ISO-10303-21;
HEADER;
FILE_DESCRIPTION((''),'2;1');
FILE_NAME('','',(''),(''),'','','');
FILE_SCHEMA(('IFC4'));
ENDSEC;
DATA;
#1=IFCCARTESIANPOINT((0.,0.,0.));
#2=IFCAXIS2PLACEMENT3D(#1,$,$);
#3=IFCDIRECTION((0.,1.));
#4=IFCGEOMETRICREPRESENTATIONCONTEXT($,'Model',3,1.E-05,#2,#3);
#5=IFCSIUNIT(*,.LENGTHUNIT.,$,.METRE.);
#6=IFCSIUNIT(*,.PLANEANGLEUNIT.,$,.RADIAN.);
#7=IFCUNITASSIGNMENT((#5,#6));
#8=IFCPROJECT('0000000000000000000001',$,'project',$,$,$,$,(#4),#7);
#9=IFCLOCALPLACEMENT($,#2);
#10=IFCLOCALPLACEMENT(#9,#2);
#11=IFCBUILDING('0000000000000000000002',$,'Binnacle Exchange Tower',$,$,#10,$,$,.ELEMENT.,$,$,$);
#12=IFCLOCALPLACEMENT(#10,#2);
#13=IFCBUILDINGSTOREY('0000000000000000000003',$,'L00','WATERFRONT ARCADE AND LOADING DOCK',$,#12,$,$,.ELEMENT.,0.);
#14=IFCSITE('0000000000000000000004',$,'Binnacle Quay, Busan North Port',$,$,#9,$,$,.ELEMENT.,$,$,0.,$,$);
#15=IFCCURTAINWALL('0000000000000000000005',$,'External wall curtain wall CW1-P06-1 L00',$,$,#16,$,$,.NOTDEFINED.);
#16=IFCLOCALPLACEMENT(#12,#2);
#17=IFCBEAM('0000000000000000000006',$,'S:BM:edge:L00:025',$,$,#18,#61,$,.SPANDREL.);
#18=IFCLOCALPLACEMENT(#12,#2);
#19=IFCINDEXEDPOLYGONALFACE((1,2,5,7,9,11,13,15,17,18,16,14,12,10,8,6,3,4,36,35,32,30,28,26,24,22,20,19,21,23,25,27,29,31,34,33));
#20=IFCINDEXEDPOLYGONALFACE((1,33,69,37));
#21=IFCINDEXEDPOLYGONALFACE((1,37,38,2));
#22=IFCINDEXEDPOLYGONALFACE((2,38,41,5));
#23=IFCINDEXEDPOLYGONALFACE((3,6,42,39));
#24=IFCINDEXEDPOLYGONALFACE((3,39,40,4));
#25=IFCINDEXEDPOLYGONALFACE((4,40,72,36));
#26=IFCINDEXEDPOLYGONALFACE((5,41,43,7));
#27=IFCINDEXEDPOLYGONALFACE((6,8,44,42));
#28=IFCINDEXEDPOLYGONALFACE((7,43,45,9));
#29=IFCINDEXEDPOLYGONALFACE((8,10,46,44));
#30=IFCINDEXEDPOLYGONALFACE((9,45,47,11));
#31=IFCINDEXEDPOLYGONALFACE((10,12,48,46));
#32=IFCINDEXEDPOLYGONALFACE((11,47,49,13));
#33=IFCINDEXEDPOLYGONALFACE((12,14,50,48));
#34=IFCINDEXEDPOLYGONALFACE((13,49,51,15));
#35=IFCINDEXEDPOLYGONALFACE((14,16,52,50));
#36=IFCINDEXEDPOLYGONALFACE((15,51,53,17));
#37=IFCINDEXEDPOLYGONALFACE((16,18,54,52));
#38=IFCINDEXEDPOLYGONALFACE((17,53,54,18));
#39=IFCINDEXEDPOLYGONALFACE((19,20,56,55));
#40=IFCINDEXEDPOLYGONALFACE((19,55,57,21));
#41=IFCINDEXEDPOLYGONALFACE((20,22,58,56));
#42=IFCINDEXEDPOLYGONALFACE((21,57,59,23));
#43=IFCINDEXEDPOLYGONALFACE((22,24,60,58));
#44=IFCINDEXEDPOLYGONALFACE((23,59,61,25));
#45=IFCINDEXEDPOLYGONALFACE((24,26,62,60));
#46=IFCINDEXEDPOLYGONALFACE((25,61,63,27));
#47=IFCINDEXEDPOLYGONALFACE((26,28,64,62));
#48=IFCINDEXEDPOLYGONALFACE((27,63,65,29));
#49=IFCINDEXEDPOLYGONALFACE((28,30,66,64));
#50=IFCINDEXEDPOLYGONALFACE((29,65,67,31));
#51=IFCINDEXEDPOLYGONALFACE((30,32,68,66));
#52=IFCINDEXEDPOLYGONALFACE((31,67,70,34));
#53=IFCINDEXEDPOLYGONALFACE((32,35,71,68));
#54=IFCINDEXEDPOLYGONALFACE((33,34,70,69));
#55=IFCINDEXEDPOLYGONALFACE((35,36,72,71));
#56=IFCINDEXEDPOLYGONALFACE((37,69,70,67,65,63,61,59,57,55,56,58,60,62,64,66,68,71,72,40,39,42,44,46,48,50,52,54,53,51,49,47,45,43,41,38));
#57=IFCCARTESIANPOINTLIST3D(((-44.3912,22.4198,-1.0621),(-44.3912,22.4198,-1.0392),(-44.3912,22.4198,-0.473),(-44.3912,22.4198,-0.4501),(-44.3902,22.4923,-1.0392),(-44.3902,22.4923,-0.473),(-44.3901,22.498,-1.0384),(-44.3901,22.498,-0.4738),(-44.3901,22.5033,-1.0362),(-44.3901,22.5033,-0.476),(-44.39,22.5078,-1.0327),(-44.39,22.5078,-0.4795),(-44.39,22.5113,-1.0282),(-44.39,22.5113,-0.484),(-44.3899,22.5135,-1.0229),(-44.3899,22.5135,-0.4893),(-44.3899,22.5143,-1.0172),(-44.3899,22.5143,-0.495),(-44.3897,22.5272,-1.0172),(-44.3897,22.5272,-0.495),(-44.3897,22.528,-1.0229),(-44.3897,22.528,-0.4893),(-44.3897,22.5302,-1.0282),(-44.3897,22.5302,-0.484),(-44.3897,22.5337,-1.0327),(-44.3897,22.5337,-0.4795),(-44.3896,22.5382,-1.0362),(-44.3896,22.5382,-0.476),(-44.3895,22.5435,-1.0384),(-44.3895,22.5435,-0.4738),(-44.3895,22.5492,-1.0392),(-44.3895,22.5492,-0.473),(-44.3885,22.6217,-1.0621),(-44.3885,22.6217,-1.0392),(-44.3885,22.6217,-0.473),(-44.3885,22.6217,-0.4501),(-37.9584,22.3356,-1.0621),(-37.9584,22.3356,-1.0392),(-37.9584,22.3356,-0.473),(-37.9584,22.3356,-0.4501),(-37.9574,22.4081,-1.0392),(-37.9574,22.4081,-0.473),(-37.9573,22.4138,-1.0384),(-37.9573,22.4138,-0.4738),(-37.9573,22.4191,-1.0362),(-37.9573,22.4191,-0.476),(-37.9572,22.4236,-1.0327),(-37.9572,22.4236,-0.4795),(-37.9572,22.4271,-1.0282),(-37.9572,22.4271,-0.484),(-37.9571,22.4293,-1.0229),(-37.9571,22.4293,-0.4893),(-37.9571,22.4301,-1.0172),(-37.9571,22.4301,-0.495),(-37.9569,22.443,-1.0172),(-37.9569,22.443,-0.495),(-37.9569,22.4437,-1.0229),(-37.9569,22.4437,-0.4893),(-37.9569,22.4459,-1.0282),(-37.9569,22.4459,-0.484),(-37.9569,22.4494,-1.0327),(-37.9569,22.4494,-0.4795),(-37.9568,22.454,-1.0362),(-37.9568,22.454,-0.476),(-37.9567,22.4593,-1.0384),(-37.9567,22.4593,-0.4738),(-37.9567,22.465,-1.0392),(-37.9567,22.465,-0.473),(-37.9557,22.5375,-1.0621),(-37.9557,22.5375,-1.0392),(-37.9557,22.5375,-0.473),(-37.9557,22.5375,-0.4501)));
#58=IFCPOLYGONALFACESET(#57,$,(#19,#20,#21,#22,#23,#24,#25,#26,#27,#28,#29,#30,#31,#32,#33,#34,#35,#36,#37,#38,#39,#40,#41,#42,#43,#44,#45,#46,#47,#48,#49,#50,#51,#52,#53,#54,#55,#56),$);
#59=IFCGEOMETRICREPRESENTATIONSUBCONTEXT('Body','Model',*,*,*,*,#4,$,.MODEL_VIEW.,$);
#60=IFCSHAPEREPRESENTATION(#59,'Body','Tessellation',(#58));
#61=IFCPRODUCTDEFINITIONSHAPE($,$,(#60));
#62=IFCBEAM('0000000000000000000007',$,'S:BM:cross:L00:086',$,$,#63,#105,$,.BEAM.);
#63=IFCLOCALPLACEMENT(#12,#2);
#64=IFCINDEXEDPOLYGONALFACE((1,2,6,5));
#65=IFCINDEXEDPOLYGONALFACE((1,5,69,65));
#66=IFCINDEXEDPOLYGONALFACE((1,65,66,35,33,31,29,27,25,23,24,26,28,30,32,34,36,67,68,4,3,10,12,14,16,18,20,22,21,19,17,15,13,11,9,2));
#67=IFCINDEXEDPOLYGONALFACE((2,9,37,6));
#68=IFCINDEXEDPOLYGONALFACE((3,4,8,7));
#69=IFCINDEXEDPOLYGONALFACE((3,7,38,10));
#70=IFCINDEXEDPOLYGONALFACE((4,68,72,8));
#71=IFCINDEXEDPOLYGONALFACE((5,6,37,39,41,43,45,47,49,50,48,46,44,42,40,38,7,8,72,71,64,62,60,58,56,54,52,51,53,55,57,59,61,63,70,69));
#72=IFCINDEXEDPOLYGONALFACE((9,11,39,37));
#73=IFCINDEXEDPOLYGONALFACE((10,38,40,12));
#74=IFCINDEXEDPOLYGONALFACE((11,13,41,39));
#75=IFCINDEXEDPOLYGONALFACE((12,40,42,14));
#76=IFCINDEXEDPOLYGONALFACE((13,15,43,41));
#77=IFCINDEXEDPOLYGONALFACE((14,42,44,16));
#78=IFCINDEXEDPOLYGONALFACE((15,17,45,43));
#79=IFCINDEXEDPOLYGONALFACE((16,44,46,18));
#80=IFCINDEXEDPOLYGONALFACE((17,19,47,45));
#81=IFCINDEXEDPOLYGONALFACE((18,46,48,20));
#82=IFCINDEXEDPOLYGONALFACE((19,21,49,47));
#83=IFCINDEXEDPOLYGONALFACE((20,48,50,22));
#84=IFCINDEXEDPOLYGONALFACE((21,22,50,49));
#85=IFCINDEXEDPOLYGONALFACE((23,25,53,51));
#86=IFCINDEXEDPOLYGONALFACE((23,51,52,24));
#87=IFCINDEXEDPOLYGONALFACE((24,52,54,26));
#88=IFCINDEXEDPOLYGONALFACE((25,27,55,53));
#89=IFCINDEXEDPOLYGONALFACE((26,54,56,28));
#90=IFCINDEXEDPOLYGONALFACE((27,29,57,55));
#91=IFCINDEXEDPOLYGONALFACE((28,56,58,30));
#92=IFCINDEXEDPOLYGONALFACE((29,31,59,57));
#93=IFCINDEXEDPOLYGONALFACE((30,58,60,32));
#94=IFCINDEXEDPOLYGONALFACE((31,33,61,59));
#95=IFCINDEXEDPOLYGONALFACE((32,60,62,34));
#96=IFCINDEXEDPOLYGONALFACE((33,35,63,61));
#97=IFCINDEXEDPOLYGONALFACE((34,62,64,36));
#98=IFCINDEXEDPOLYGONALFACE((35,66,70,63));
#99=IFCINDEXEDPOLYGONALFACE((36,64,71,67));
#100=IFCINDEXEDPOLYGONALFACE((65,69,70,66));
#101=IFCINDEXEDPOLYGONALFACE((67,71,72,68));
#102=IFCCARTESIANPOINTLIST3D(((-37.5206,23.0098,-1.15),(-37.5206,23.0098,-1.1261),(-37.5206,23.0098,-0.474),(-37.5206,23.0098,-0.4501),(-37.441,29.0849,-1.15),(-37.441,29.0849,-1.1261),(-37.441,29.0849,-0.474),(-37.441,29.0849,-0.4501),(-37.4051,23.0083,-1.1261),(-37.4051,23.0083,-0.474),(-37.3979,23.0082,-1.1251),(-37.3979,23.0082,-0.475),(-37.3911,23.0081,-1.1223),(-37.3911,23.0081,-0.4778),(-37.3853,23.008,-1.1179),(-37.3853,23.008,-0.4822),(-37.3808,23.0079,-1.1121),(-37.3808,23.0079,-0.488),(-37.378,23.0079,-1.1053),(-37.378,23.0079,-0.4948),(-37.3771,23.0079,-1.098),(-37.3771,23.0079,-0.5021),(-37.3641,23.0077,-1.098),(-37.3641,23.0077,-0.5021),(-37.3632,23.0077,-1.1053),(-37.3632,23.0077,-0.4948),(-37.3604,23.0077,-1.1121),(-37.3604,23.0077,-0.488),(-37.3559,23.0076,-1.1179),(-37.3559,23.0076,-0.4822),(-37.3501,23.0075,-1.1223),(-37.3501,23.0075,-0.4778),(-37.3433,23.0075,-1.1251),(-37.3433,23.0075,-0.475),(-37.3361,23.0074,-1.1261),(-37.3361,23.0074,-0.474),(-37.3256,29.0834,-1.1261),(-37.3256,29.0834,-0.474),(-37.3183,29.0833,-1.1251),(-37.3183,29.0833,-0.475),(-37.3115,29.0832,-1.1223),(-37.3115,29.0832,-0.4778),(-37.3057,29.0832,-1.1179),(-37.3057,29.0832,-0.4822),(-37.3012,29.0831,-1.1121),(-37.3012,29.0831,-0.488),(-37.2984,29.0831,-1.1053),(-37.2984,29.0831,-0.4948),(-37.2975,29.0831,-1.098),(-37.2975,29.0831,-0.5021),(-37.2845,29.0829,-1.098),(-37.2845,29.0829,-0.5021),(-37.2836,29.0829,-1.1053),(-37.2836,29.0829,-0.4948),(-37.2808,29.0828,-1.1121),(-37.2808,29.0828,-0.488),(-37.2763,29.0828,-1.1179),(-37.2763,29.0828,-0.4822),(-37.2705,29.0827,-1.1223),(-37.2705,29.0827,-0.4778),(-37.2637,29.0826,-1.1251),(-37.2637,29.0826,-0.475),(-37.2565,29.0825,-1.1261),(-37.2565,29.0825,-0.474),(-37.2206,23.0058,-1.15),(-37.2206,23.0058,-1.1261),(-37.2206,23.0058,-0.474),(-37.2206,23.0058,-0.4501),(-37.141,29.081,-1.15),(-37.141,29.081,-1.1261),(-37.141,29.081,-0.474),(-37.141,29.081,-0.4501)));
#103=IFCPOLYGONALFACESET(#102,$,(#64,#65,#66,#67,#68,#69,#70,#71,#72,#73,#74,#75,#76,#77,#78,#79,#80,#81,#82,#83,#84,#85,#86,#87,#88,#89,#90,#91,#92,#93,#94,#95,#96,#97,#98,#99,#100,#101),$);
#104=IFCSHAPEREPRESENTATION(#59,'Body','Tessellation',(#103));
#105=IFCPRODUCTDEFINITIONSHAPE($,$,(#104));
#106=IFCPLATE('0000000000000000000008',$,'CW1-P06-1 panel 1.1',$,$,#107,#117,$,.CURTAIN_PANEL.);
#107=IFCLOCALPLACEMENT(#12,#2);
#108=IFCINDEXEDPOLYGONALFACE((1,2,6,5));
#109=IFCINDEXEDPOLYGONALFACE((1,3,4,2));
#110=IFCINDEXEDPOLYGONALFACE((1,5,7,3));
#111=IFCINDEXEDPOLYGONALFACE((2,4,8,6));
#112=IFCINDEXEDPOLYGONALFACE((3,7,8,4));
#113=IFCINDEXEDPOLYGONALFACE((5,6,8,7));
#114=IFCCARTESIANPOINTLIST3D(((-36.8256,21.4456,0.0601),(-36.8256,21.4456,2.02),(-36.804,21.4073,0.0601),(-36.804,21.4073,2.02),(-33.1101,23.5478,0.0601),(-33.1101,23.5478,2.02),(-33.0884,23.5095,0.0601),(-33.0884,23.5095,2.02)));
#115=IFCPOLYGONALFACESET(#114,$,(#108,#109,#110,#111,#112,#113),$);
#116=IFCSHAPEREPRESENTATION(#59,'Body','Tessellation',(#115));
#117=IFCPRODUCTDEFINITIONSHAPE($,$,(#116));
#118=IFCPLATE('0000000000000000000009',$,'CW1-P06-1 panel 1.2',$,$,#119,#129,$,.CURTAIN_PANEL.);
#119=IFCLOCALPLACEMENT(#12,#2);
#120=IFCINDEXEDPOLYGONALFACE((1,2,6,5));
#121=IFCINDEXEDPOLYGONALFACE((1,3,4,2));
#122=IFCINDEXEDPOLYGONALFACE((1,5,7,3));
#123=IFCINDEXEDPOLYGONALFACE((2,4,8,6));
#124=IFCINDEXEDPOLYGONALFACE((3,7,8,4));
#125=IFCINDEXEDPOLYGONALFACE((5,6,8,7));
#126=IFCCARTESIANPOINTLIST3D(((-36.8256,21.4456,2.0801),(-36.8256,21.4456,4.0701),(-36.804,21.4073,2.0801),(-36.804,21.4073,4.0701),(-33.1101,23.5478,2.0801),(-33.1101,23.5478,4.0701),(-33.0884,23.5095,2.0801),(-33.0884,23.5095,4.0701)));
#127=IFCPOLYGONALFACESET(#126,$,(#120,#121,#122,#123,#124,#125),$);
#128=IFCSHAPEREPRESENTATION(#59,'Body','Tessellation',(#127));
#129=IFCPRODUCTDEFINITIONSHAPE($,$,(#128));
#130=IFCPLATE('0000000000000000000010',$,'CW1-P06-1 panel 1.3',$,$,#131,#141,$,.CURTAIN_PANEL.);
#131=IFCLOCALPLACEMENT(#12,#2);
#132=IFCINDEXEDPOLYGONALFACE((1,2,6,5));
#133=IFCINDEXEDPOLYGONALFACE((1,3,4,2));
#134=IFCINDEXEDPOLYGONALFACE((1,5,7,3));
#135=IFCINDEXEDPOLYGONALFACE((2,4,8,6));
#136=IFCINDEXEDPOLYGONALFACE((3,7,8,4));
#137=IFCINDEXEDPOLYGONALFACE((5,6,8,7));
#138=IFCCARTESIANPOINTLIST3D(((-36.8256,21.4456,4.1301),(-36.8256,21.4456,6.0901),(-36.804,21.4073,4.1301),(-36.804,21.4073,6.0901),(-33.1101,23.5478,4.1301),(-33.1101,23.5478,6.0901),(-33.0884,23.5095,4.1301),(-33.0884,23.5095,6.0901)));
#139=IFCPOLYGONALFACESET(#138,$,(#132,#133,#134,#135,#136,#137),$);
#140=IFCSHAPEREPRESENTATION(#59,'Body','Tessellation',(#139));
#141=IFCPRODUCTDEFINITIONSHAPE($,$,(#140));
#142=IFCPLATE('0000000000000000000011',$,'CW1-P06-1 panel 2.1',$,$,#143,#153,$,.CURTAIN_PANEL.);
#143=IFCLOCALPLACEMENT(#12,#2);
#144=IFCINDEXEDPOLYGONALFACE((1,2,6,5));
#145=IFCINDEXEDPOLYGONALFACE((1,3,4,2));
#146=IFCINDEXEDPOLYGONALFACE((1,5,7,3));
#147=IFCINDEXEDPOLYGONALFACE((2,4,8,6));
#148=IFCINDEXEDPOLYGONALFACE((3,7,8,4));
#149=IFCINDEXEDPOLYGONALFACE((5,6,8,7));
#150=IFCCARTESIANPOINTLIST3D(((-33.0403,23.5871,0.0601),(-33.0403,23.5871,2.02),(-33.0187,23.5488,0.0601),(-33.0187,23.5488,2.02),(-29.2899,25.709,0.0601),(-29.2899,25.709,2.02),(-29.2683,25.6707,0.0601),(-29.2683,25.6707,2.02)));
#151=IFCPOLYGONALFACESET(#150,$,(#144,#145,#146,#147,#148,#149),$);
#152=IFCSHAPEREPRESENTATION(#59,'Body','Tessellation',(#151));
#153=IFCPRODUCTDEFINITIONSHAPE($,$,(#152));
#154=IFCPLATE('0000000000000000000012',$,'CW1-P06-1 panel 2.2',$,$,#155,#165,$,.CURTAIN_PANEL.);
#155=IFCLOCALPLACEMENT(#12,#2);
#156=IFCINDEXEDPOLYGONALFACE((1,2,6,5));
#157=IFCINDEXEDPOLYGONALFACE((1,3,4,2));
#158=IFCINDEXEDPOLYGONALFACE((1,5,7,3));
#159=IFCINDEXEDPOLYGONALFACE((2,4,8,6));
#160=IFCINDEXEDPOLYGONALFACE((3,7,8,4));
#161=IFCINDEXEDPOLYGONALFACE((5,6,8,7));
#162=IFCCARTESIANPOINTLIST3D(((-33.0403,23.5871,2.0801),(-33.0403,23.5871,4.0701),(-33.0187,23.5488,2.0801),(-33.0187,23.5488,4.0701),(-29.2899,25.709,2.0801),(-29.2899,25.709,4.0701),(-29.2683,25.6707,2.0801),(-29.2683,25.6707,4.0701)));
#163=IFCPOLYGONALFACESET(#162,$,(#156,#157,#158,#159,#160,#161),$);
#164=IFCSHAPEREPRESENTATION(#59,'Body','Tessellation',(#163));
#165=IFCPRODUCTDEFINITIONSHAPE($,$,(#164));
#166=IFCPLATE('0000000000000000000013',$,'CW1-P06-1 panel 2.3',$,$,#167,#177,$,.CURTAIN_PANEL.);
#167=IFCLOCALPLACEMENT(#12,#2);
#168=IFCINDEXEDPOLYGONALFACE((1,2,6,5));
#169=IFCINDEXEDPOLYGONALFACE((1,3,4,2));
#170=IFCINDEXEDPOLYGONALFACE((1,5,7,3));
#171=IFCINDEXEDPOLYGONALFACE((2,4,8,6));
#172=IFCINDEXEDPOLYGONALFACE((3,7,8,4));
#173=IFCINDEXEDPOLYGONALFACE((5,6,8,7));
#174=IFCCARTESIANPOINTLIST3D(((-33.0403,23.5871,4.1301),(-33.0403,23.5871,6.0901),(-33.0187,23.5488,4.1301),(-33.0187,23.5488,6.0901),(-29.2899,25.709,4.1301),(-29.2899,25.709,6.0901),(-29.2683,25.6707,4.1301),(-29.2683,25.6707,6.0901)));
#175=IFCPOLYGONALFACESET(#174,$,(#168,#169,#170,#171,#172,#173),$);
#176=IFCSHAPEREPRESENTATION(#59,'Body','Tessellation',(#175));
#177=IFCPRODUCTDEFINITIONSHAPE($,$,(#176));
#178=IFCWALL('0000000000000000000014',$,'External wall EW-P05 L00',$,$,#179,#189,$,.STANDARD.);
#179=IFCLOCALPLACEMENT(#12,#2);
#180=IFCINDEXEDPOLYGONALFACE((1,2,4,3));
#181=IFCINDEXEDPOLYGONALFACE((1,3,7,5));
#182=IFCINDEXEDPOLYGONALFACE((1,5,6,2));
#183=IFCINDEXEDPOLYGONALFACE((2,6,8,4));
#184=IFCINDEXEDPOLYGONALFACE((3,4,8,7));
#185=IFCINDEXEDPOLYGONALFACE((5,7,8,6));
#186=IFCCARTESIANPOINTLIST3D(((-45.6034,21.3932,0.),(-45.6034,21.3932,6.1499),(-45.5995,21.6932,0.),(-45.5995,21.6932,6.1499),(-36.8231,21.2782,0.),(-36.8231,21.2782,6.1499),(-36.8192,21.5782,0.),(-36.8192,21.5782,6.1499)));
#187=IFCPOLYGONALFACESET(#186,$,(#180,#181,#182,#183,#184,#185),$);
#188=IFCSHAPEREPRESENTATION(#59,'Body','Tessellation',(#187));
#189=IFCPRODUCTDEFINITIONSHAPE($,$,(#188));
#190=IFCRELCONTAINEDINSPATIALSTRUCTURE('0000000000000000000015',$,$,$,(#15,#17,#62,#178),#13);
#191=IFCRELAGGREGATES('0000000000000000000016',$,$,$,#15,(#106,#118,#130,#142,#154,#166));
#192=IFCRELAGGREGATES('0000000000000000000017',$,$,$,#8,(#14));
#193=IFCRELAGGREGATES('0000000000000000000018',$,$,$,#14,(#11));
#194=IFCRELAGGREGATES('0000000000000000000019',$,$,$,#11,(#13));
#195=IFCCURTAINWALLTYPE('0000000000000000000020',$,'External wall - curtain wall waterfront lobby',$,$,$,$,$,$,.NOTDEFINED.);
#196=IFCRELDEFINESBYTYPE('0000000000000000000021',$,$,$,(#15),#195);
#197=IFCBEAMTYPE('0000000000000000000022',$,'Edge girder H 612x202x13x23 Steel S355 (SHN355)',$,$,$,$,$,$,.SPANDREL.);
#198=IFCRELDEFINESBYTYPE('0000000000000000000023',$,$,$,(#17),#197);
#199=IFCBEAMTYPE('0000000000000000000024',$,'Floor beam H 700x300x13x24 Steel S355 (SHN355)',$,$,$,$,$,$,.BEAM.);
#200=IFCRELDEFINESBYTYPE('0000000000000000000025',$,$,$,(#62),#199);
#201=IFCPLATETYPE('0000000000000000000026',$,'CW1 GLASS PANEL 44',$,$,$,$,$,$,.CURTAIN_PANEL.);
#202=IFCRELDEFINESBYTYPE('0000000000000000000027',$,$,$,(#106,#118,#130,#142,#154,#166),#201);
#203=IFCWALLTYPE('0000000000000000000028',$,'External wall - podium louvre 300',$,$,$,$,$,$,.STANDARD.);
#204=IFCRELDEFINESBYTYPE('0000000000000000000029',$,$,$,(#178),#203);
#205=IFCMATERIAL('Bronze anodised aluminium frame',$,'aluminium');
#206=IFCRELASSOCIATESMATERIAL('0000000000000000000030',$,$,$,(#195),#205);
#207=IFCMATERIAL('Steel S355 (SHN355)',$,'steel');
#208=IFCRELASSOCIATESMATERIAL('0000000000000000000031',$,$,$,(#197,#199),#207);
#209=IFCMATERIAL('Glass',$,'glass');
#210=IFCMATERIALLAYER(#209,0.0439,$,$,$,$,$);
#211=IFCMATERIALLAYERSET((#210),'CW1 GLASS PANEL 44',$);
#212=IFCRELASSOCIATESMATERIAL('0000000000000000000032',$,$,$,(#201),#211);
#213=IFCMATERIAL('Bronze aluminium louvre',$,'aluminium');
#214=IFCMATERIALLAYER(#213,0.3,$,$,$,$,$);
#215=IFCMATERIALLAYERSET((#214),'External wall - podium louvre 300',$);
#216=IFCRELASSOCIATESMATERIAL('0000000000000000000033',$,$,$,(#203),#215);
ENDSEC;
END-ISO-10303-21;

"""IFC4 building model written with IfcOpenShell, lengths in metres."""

from ifc_helpers import new_model, si_unit, direction, frame, frame_2d, origin, origin_2d, place, context, subcontext, project, spatial, rectangle, i_section, extrude, material, layer, layer_set, material_profile, profile_set, type_object, element, aggregate, save


model = new_model("IFC4")

# Units and contexts
model_context = context("Model", 3, precision=1e-05, world=origin(), true_north=direction((0.0, 1.0)))
body_context = subcontext(model_context, "Body", "Model", "MODEL_VIEW")
ifc_project = project(units=[si_unit("LENGTHUNIT", "METRE"), si_unit("PLANEANGLEUNIT", "RADIAN")], contexts=[model_context])

# Site, building, storey
site_placement = place(None, origin())
site = spatial("IfcSite", under=ifc_project, at=site_placement, Name="Binnacle Quay, Busan North Port", CompositionType="ELEMENT", RefElevation=0.0)
building_placement = place(site_placement, origin())
building = spatial("IfcBuilding", under=site, at=building_placement, Name="Binnacle Exchange Tower", CompositionType="ELEMENT")
storey_placement = place(building_placement, origin())
storey = spatial("IfcBuildingStorey", under=building, at=storey_placement, Name="L00", Description="WATERFRONT ARCADE AND LOADING DOCK", CompositionType="ELEMENT", Elevation=0.0)

# Curtain wall
ifc_material_1 = material(Name="Bronze anodised aluminium frame", Category="aluminium")
curtain_wall_type = type_object("IfcCurtainWallType", Name="External wall - curtain wall waterfront lobby", PredefinedType="NOTDEFINED", material=ifc_material_1)
curtain_wall_placement = place(storey_placement, origin())
curtain_wall = element("IfcCurtainWall", 1, at=curtain_wall_placement, inside=storey, type_object=curtain_wall_type, Name="External wall curtain wall CW1-P06-1 L00", PredefinedType="NOTDEFINED")

# Beams
ifc_material_2 = material(Name="Steel S355 (SHN355)", Category="steel")
ifc_material_profile_1 = material_profile(ifc_material_2, i_section(OverallWidth=0.2019, OverallDepth=0.6121, WebThickness=0.0129, FlangeThickness=0.0229, FilletRadius=0.022, at=origin_2d()), Name="H 612x202x13x23")
ifc_profile_set_1 = profile_set([ifc_material_profile_1], Name="Steel S355 (SHN355)")
beam_type_1 = type_object("IfcBeamType", Name="Edge girder H 612x202x13x23 Steel S355 (SHN355)", PredefinedType="SPANDREL", material=ifc_profile_set_1)
beam_1_placement = place(storey_placement, frame((-37.957, 22.4365, -0.7561), z_axis=(-0.999914, 0.013092, 0.0), x_axis=(-0.013092, -0.999914, 0.0)))
element("IfcBeam", 2, at=beam_1_placement, inside=storey, type_object=beam_type_1, Name="S:BM:edge:L00:025", PredefinedType="SPANDREL", context=body_context, shape_type="SweptSolid", body=[
    extrude(i_section(OverallWidth=0.2019, OverallDepth=0.6121, WebThickness=0.0129, FlangeThickness=0.0229, FilletRadius=0.022, at=origin_2d()), origin(), (0.0, 0.0, 1.0), 6.4333),
])
ifc_material_profile_2 = material_profile(ifc_material_2, i_section(OverallWidth=0.3, OverallDepth=0.7, WebThickness=0.0129, FlangeThickness=0.0239, FilletRadius=0.0281, at=origin_2d()), Name="H 700x300x13x24")
ifc_profile_set_2 = profile_set([ifc_material_profile_2], Name="Steel S355 (SHN355)")
beam_type_2 = type_object("IfcBeamType", Name="Floor beam H 700x300x13x24 Steel S355 (SHN355)", PredefinedType="BEAM", material=ifc_profile_set_2)
beam_2_placement = place(storey_placement, frame((-37.3706, 23.0078, -0.8), z_axis=(0.0131, 0.999914, 0.0), x_axis=(-0.999914, 0.0131, 0.0)))
element("IfcBeam", 3, at=beam_2_placement, inside=storey, type_object=beam_type_2, Name="S:BM:cross:L00:086", PredefinedType="BEAM", context=body_context, shape_type="SweptSolid", body=[
    extrude(i_section(OverallWidth=0.3, OverallDepth=0.7, WebThickness=0.0129, FlangeThickness=0.0239, FilletRadius=0.0281, at=origin_2d()), origin(), (0.0, 0.0, 1.0), 6.0757),
])

# Plates
ifc_material_3 = material(Name="Glass", Category="glass")
ifc_layer_1 = layer(ifc_material_3, 0.0439)
ifc_layer_set_1 = layer_set([ifc_layer_1], Name="CW1 GLASS PANEL 44")
plate_type = type_object("IfcPlateType", Name="CW1 GLASS PANEL 44", PredefinedType="CURTAIN_PANEL", material=ifc_layer_set_1)
plate_1_placement = place(storey_placement, frame((-34.957, 22.4775, 0.0601), z_axis=(0.0, 0.0, 1.0), x_axis=(0.870356, 0.492424, 0.0)))
plate_1 = element("IfcPlate", 4, at=plate_1_placement, type_object=plate_type, Name="CW1-P06-1 panel 1.1", PredefinedType="CURTAIN_PANEL", context=body_context, shape_type="SweptSolid", body=[
    extrude(rectangle(XDim=4.269, YDim=0.0439, at=origin_2d()), origin(), (0.0, 0.0, 1.0), 1.96),
])
plate_2_placement = place(storey_placement, frame((-34.957, 22.4775, 2.0801), z_axis=(0.0, 0.0, 1.0), x_axis=(0.870356, 0.492424, 0.0)))
plate_2 = element("IfcPlate", 5, at=plate_2_placement, type_object=plate_type, Name="CW1-P06-1 panel 1.2", PredefinedType="CURTAIN_PANEL", context=body_context, shape_type="SweptSolid", body=[
    extrude(rectangle(XDim=4.269, YDim=0.0439, at=origin_2d()), origin(), (0.0, 0.0, 1.0), 1.99),
])
plate_3_placement = place(storey_placement, frame((-34.957, 22.4775, 4.1301), z_axis=(0.0, 0.0, 1.0), x_axis=(0.870356, 0.492424, 0.0)))
plate_3 = element("IfcPlate", 6, at=plate_3_placement, type_object=plate_type, Name="CW1-P06-1 panel 1.3", PredefinedType="CURTAIN_PANEL", context=body_context, shape_type="SweptSolid", body=[
    extrude(rectangle(XDim=4.269, YDim=0.0439, at=origin_2d()), origin(), (0.0, 0.0, 1.0), 1.96),
])
plate_4_placement = place(storey_placement, frame((-31.1543, 24.6289, 0.0601), z_axis=(0.0, 0.0, 1.0), x_axis=(0.870356, 0.492424, 0.0)))
plate_4 = element("IfcPlate", 7, at=plate_4_placement, type_object=plate_type, Name="CW1-P06-1 panel 2.1", PredefinedType="CURTAIN_PANEL", context=body_context, shape_type="SweptSolid", body=[
    extrude(rectangle(XDim=4.3091, YDim=0.0439, at=origin_2d()), origin(), (0.0, 0.0, 1.0), 1.96),
])
plate_5_placement = place(storey_placement, frame((-31.1543, 24.6289, 2.0801), z_axis=(0.0, 0.0, 1.0), x_axis=(0.870356, 0.492424, 0.0)))
plate_5 = element("IfcPlate", 8, at=plate_5_placement, type_object=plate_type, Name="CW1-P06-1 panel 2.2", PredefinedType="CURTAIN_PANEL", context=body_context, shape_type="SweptSolid", body=[
    extrude(rectangle(XDim=4.3091, YDim=0.0439, at=origin_2d()), origin(), (0.0, 0.0, 1.0), 1.99),
])
plate_6_placement = place(storey_placement, frame((-31.1543, 24.6289, 4.1301), z_axis=(0.0, 0.0, 1.0), x_axis=(0.870356, 0.492424, 0.0)))
plate_6 = element("IfcPlate", 9, at=plate_6_placement, type_object=plate_type, Name="CW1-P06-1 panel 2.3", PredefinedType="CURTAIN_PANEL", context=body_context, shape_type="SweptSolid", body=[
    extrude(rectangle(XDim=4.3091, YDim=0.0439, at=origin_2d()), origin(), (0.0, 0.0, 1.0), 1.96),
])
aggregate(curtain_wall, [plate_1, plate_2, plate_3, plate_4, plate_5, plate_6])

# Wall
ifc_material_4 = material(Name="Bronze aluminium louvre", Category="aluminium")
ifc_layer_2 = layer(ifc_material_4, 0.3)
ifc_layer_set_2 = layer_set([ifc_layer_2], Name="External wall - podium louvre 300")
wall_type = type_object("IfcWallType", Name="External wall - podium louvre 300", PredefinedType="STANDARD", material=ifc_layer_set_2)
wall_placement = place(storey_placement, frame((-36.821, 21.4282, 0.0), z_axis=(0.0, 0.0, 1.0), x_axis=(-0.999914, 0.013095, 0.0)))
element("IfcWall", 10, at=wall_placement, inside=storey, type_object=wall_type, Name="External wall EW-P05 L00", PredefinedType="STANDARD", context=body_context, shape_type="SweptSolid", body=[
    extrude(rectangle(XDim=8.781, YDim=0.3, at=frame_2d((4.3906, 0.0))), origin(), (0.0, 0.0, 1.0), 6.1499),
])

save(model, "model.ifc")
